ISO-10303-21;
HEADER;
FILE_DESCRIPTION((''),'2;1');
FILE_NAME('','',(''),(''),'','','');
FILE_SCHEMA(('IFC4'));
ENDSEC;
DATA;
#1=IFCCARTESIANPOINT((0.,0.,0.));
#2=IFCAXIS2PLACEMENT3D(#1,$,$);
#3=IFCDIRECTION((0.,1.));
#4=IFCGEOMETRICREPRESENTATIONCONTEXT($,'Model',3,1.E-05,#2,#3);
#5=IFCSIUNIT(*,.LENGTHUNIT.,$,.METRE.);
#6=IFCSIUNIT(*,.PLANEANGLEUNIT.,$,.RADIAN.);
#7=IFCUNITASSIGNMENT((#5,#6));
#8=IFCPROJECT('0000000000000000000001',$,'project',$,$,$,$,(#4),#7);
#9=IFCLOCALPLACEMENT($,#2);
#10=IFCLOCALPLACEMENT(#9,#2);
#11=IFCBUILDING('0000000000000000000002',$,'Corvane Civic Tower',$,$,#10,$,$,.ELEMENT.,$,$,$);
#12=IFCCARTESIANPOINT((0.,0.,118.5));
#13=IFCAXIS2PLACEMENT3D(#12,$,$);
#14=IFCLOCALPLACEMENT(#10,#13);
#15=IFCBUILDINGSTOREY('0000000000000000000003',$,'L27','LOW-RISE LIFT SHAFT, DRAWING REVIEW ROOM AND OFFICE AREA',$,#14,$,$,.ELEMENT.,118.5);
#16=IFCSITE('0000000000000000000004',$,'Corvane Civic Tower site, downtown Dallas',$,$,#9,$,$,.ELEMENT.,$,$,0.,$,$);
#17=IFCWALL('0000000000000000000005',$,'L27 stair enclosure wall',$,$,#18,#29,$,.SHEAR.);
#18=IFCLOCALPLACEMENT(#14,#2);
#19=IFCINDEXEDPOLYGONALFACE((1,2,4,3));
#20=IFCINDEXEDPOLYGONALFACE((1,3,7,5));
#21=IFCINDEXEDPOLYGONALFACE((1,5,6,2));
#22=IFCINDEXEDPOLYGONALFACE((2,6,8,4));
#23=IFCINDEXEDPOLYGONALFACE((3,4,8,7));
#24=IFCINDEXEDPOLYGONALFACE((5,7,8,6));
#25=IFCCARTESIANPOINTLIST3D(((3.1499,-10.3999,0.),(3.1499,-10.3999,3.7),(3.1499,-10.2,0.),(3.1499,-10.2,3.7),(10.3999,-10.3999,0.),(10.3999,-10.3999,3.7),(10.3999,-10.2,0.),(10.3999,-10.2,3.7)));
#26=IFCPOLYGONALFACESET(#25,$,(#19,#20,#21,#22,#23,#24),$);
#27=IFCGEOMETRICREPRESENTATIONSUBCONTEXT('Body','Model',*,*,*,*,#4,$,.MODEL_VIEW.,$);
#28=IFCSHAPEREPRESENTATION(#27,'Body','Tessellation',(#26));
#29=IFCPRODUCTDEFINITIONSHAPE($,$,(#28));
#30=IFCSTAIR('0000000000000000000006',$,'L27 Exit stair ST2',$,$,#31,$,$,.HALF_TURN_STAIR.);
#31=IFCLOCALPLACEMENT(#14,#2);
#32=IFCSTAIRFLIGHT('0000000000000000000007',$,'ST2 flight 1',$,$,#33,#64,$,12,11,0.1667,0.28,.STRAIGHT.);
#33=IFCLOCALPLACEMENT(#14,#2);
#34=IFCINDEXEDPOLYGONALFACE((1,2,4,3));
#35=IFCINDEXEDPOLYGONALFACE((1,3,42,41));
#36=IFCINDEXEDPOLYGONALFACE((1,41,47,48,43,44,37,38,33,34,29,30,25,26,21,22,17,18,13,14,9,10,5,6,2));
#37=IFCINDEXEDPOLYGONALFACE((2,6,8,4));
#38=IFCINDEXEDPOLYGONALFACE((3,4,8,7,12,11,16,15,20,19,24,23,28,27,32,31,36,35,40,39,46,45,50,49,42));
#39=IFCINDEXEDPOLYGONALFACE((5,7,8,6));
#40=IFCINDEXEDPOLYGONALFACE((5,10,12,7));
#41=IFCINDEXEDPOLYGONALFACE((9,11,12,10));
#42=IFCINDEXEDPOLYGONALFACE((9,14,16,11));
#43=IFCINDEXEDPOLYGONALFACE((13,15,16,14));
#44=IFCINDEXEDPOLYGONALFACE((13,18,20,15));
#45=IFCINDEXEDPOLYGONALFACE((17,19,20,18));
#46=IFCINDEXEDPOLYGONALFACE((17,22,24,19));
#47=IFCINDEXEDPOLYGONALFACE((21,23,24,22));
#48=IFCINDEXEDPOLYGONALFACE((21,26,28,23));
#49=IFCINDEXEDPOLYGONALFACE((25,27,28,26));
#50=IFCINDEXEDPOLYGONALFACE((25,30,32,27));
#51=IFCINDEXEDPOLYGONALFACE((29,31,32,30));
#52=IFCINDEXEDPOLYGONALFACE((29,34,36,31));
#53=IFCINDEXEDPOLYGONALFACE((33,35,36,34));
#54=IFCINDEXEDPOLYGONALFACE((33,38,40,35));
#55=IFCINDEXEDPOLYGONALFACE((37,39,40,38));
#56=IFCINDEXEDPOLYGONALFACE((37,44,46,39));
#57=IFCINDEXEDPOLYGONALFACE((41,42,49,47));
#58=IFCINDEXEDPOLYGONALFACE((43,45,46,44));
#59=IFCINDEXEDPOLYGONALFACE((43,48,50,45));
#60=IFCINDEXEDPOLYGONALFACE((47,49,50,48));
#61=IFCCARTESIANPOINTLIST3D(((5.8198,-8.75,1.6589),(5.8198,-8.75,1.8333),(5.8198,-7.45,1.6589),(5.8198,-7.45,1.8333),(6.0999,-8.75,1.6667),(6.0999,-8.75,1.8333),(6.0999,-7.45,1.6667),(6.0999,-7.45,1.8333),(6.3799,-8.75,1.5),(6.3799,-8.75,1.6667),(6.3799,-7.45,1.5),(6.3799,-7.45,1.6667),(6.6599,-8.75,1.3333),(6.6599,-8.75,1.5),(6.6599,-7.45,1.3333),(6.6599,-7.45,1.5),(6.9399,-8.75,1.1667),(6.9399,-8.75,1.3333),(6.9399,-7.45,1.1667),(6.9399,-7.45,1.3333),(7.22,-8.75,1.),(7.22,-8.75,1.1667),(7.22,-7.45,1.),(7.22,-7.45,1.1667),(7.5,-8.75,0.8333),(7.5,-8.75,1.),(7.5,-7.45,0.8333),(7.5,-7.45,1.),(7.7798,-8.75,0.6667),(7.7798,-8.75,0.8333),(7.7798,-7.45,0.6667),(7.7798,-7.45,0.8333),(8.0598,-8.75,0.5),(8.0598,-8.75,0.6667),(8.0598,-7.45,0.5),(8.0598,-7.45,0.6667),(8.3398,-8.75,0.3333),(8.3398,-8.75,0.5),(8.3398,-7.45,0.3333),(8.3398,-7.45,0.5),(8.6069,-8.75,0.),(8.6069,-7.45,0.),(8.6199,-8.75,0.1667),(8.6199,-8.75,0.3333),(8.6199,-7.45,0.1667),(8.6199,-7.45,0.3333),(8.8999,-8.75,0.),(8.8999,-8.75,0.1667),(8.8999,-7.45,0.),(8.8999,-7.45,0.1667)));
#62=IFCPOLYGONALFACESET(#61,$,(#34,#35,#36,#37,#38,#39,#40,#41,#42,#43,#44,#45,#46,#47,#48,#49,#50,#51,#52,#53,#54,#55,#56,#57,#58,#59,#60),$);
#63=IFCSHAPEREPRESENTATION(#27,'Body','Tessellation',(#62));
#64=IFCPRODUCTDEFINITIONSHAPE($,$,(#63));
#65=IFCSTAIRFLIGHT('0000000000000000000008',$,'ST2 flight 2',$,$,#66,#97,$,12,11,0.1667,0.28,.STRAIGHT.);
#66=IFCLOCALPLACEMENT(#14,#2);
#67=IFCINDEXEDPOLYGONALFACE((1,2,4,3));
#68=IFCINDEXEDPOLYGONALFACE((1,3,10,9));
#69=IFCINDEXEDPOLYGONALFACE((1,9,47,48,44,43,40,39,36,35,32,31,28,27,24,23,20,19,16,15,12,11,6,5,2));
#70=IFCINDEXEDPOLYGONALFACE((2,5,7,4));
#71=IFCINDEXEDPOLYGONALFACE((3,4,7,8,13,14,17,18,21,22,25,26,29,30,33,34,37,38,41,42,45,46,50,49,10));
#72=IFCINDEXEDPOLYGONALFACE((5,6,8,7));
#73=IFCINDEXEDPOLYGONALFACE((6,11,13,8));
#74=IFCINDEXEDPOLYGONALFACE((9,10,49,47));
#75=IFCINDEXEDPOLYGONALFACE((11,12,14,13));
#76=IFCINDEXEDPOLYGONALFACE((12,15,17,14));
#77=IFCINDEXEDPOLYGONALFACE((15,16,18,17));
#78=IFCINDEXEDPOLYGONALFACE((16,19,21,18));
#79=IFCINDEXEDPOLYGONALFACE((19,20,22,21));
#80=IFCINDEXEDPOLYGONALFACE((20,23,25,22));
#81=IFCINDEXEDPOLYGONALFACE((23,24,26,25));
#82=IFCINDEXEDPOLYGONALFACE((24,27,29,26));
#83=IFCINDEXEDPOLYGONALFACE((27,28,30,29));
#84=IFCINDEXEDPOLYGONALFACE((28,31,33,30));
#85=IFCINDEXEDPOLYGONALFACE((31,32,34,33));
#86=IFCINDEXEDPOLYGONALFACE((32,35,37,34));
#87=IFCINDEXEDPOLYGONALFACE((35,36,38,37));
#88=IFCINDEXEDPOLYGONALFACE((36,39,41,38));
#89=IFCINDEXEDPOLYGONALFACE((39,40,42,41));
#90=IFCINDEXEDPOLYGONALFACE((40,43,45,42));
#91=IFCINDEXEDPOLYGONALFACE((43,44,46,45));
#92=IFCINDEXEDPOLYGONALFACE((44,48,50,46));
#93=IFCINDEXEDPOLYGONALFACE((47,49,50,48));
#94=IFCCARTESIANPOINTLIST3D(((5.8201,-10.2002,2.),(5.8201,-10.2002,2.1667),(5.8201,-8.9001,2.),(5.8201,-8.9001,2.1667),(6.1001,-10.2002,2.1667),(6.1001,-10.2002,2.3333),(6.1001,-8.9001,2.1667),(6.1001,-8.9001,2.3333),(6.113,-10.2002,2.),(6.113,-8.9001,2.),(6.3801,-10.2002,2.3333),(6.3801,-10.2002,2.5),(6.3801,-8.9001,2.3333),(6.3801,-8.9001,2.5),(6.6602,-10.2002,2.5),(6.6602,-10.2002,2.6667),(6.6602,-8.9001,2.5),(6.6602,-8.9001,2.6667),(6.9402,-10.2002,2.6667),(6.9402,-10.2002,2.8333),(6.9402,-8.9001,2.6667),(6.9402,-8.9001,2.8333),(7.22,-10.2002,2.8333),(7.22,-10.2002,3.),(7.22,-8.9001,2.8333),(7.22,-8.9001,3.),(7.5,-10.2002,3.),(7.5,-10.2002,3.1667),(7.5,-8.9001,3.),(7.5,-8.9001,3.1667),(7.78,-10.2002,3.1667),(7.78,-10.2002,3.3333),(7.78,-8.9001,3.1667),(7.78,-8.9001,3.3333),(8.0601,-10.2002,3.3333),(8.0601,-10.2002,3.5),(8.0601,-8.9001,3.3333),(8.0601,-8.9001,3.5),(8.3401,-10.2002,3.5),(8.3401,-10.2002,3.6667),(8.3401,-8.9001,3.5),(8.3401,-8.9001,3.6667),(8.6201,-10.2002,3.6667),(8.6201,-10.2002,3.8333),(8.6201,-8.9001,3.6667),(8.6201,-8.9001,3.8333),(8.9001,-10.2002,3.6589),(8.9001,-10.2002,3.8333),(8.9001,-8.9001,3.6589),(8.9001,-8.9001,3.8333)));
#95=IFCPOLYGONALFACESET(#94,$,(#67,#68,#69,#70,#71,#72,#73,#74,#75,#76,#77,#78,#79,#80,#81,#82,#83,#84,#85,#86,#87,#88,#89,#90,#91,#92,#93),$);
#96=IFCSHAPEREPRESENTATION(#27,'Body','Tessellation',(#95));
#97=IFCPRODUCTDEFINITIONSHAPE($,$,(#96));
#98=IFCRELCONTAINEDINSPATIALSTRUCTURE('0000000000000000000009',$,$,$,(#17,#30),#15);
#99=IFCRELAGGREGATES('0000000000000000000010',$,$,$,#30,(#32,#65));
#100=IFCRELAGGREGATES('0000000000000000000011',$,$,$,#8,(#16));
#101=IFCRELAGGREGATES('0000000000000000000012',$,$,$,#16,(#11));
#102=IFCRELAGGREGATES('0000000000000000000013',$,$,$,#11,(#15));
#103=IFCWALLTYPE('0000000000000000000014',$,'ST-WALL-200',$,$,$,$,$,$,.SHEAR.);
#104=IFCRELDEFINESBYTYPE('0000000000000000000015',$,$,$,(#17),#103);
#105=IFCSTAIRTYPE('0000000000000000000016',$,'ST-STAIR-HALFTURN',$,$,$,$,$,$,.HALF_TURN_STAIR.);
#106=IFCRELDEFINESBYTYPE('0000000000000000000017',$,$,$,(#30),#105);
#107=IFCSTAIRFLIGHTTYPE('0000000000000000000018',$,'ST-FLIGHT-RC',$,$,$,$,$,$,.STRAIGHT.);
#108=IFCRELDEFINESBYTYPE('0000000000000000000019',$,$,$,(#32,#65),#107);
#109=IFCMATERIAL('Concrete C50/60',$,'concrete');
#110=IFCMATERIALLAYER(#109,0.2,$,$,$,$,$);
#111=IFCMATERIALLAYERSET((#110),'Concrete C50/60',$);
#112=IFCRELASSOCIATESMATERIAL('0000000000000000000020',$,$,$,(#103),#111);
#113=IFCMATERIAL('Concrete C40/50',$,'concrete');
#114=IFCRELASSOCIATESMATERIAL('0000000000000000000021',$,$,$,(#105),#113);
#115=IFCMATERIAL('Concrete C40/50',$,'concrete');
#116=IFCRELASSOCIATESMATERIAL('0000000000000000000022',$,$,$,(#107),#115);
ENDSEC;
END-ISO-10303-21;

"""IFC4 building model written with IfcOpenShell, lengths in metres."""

from ifc_helpers import new_model, si_unit, direction, frame, origin, place, context, subcontext, project, spatial, polyline, outline, extrude, material, layer, layer_set, type_object, element, aggregate, save


model = new_model("IFC4")

# Units and contexts
model_context = context("Model", 3, precision=1e-05, world=origin(), true_north=direction((0.0, 1.0)))
body_context = subcontext(model_context, "Body", "Model", "MODEL_VIEW")
ifc_project = project(units=[si_unit("LENGTHUNIT", "METRE"), si_unit("PLANEANGLEUNIT", "RADIAN")], contexts=[model_context])

# Site, building, storey
site_placement = place(None, origin())
site = spatial("IfcSite", under=ifc_project, at=site_placement, Name="Corvane Civic Tower site, downtown Dallas", CompositionType="ELEMENT", RefElevation=0.0)
building_placement = place(site_placement, origin())
building = spatial("IfcBuilding", under=site, at=building_placement, Name="Corvane Civic Tower", CompositionType="ELEMENT")
storey_placement = place(building_placement, frame((0.0, 0.0, 118.5)))
storey = spatial("IfcBuildingStorey", under=building, at=storey_placement, Name="L27", Description="LOW-RISE LIFT SHAFT, DRAWING REVIEW ROOM AND OFFICE AREA", CompositionType="ELEMENT", Elevation=118.5)

# Shared definitions
ifc_material_1 = material(Name="Concrete C50/60", Category="concrete")
ifc_layer_1 = layer(ifc_material_1, 0.2)
ifc_layer_set_1 = layer_set([ifc_layer_1], Name="Concrete C50/60")
wall_type_1 = type_object("IfcWallType", Name="ST-WALL-200", PredefinedType="SHEAR", material=ifc_layer_set_1)

# Wall
wall_1_placement = place(storey_placement, origin())
element("IfcWall", 1, at=wall_1_placement, inside=storey, type_object=wall_type_1, Name="L27 stair enclosure wall", PredefinedType="SHEAR", context=body_context, shape_type="SweptSolid", body=[
    extrude(outline(polyline([(10.3999, -10.3999), (3.1499, -10.3999), (3.1499, -10.2), (10.3999, -10.2), (10.3999, -10.3999)])), origin(), (0.0, 0.0, 1.0), 3.7),
])

# Stair, stair flights
ifc_material_2 = material(Name="Concrete C40/50", Category="concrete")
stair_type = type_object("IfcStairType", Name="ST-STAIR-HALFTURN", PredefinedType="HALF_TURN_STAIR", material=ifc_material_2)
stair_placement = place(storey_placement, origin())
stair = element("IfcStair", 2, at=stair_placement, inside=storey, type_object=stair_type, Name="L27 Exit stair ST2", PredefinedType="HALF_TURN_STAIR")
ifc_material_3 = material(Name="Concrete C40/50", Category="concrete")
stair_flight_type = type_object("IfcStairFlightType", Name="ST-FLIGHT-RC", PredefinedType="STRAIGHT", material=ifc_material_3)
stair_flight_1_placement = place(storey_placement, frame((8.8999, -8.1001, 0.0), z_axis=(0.0, 0.0, 1.0), x_axis=(-1.0, 0.0, 0.0)))
stair_flight_1 = element("IfcStairFlight", 3, at=stair_flight_1_placement, type_object=stair_flight_type, Name="ST2 flight 1", NumberOfRisers=12, NumberOfTreads=11, PredefinedType="STRAIGHT", RiserHeight=0.1667, TreadLength=0.28, context=body_context, shape_type="SweptSolid", body=[
    extrude(outline(polyline([(0.0, 0.0), (0.0, 0.1667), (0.28, 0.1667), (0.28, 0.3333), (0.5601, 0.3333), (0.5601, 0.5), (0.8401, 0.5), (0.8401, 0.6667), (1.1201, 0.6667), (1.1201, 0.8333), (1.3999, 0.8333), (1.3999, 1.0), (1.6799, 1.0), (1.6799, 1.1667), (1.96, 1.1667), (1.96, 1.3333), (2.24, 1.3333), (2.24, 1.5), (2.52, 1.5), (2.52, 1.6667), (2.8, 1.6667), (2.8, 1.8333), (3.0801, 1.8333), (3.0801, 2.0), (3.0801, 1.6589), (0.293, 0.0), (0.0, 0.0)])), frame((0.0, 0.6499, 0.0), z_axis=(0.0, -1.0, 0.0), x_axis=(1.0, 0.0, 0.0)), (0.0, 0.0, 1.0), 1.3),
])
stair_flight_2_placement = place(storey_placement, frame((5.8201, -9.55, 2.0), z_axis=(0.0, 0.0, 1.0), x_axis=(1.0, 0.0, 0.0)))
stair_flight_2 = element("IfcStairFlight", 4, at=stair_flight_2_placement, type_object=stair_flight_type, Name="ST2 flight 2", NumberOfRisers=12, NumberOfTreads=11, PredefinedType="STRAIGHT", RiserHeight=0.1667, TreadLength=0.28, context=body_context, shape_type="SweptSolid", body=[
    extrude(outline(polyline([(0.0, 0.0), (0.0, 0.1667), (0.28, 0.1667), (0.28, 0.3333), (0.5601, 0.3333), (0.5601, 0.5), (0.8401, 0.5), (0.8401, 0.6667), (1.1201, 0.6667), (1.1201, 0.8333), (1.3999, 0.8333), (1.3999, 1.0), (1.6799, 1.0), (1.6799, 1.1667), (1.96, 1.1667), (1.96, 1.3333), (2.24, 1.3333), (2.24, 1.5), (2.52, 1.5), (2.52, 1.6667), (2.8, 1.6667), (2.8, 1.8333), (3.0801, 1.8333), (3.0801, 2.0), (3.0801, 1.6589), (0.293, 0.0), (0.0, 0.0)])), frame((0.0, 0.6499, 0.0), z_axis=(0.0, -1.0, 0.0), x_axis=(1.0, 0.0, 0.0)), (0.0, 0.0, 1.0), 1.3),
])
aggregate(stair, [stair_flight_1, stair_flight_2])

save(model, "model.ifc")
